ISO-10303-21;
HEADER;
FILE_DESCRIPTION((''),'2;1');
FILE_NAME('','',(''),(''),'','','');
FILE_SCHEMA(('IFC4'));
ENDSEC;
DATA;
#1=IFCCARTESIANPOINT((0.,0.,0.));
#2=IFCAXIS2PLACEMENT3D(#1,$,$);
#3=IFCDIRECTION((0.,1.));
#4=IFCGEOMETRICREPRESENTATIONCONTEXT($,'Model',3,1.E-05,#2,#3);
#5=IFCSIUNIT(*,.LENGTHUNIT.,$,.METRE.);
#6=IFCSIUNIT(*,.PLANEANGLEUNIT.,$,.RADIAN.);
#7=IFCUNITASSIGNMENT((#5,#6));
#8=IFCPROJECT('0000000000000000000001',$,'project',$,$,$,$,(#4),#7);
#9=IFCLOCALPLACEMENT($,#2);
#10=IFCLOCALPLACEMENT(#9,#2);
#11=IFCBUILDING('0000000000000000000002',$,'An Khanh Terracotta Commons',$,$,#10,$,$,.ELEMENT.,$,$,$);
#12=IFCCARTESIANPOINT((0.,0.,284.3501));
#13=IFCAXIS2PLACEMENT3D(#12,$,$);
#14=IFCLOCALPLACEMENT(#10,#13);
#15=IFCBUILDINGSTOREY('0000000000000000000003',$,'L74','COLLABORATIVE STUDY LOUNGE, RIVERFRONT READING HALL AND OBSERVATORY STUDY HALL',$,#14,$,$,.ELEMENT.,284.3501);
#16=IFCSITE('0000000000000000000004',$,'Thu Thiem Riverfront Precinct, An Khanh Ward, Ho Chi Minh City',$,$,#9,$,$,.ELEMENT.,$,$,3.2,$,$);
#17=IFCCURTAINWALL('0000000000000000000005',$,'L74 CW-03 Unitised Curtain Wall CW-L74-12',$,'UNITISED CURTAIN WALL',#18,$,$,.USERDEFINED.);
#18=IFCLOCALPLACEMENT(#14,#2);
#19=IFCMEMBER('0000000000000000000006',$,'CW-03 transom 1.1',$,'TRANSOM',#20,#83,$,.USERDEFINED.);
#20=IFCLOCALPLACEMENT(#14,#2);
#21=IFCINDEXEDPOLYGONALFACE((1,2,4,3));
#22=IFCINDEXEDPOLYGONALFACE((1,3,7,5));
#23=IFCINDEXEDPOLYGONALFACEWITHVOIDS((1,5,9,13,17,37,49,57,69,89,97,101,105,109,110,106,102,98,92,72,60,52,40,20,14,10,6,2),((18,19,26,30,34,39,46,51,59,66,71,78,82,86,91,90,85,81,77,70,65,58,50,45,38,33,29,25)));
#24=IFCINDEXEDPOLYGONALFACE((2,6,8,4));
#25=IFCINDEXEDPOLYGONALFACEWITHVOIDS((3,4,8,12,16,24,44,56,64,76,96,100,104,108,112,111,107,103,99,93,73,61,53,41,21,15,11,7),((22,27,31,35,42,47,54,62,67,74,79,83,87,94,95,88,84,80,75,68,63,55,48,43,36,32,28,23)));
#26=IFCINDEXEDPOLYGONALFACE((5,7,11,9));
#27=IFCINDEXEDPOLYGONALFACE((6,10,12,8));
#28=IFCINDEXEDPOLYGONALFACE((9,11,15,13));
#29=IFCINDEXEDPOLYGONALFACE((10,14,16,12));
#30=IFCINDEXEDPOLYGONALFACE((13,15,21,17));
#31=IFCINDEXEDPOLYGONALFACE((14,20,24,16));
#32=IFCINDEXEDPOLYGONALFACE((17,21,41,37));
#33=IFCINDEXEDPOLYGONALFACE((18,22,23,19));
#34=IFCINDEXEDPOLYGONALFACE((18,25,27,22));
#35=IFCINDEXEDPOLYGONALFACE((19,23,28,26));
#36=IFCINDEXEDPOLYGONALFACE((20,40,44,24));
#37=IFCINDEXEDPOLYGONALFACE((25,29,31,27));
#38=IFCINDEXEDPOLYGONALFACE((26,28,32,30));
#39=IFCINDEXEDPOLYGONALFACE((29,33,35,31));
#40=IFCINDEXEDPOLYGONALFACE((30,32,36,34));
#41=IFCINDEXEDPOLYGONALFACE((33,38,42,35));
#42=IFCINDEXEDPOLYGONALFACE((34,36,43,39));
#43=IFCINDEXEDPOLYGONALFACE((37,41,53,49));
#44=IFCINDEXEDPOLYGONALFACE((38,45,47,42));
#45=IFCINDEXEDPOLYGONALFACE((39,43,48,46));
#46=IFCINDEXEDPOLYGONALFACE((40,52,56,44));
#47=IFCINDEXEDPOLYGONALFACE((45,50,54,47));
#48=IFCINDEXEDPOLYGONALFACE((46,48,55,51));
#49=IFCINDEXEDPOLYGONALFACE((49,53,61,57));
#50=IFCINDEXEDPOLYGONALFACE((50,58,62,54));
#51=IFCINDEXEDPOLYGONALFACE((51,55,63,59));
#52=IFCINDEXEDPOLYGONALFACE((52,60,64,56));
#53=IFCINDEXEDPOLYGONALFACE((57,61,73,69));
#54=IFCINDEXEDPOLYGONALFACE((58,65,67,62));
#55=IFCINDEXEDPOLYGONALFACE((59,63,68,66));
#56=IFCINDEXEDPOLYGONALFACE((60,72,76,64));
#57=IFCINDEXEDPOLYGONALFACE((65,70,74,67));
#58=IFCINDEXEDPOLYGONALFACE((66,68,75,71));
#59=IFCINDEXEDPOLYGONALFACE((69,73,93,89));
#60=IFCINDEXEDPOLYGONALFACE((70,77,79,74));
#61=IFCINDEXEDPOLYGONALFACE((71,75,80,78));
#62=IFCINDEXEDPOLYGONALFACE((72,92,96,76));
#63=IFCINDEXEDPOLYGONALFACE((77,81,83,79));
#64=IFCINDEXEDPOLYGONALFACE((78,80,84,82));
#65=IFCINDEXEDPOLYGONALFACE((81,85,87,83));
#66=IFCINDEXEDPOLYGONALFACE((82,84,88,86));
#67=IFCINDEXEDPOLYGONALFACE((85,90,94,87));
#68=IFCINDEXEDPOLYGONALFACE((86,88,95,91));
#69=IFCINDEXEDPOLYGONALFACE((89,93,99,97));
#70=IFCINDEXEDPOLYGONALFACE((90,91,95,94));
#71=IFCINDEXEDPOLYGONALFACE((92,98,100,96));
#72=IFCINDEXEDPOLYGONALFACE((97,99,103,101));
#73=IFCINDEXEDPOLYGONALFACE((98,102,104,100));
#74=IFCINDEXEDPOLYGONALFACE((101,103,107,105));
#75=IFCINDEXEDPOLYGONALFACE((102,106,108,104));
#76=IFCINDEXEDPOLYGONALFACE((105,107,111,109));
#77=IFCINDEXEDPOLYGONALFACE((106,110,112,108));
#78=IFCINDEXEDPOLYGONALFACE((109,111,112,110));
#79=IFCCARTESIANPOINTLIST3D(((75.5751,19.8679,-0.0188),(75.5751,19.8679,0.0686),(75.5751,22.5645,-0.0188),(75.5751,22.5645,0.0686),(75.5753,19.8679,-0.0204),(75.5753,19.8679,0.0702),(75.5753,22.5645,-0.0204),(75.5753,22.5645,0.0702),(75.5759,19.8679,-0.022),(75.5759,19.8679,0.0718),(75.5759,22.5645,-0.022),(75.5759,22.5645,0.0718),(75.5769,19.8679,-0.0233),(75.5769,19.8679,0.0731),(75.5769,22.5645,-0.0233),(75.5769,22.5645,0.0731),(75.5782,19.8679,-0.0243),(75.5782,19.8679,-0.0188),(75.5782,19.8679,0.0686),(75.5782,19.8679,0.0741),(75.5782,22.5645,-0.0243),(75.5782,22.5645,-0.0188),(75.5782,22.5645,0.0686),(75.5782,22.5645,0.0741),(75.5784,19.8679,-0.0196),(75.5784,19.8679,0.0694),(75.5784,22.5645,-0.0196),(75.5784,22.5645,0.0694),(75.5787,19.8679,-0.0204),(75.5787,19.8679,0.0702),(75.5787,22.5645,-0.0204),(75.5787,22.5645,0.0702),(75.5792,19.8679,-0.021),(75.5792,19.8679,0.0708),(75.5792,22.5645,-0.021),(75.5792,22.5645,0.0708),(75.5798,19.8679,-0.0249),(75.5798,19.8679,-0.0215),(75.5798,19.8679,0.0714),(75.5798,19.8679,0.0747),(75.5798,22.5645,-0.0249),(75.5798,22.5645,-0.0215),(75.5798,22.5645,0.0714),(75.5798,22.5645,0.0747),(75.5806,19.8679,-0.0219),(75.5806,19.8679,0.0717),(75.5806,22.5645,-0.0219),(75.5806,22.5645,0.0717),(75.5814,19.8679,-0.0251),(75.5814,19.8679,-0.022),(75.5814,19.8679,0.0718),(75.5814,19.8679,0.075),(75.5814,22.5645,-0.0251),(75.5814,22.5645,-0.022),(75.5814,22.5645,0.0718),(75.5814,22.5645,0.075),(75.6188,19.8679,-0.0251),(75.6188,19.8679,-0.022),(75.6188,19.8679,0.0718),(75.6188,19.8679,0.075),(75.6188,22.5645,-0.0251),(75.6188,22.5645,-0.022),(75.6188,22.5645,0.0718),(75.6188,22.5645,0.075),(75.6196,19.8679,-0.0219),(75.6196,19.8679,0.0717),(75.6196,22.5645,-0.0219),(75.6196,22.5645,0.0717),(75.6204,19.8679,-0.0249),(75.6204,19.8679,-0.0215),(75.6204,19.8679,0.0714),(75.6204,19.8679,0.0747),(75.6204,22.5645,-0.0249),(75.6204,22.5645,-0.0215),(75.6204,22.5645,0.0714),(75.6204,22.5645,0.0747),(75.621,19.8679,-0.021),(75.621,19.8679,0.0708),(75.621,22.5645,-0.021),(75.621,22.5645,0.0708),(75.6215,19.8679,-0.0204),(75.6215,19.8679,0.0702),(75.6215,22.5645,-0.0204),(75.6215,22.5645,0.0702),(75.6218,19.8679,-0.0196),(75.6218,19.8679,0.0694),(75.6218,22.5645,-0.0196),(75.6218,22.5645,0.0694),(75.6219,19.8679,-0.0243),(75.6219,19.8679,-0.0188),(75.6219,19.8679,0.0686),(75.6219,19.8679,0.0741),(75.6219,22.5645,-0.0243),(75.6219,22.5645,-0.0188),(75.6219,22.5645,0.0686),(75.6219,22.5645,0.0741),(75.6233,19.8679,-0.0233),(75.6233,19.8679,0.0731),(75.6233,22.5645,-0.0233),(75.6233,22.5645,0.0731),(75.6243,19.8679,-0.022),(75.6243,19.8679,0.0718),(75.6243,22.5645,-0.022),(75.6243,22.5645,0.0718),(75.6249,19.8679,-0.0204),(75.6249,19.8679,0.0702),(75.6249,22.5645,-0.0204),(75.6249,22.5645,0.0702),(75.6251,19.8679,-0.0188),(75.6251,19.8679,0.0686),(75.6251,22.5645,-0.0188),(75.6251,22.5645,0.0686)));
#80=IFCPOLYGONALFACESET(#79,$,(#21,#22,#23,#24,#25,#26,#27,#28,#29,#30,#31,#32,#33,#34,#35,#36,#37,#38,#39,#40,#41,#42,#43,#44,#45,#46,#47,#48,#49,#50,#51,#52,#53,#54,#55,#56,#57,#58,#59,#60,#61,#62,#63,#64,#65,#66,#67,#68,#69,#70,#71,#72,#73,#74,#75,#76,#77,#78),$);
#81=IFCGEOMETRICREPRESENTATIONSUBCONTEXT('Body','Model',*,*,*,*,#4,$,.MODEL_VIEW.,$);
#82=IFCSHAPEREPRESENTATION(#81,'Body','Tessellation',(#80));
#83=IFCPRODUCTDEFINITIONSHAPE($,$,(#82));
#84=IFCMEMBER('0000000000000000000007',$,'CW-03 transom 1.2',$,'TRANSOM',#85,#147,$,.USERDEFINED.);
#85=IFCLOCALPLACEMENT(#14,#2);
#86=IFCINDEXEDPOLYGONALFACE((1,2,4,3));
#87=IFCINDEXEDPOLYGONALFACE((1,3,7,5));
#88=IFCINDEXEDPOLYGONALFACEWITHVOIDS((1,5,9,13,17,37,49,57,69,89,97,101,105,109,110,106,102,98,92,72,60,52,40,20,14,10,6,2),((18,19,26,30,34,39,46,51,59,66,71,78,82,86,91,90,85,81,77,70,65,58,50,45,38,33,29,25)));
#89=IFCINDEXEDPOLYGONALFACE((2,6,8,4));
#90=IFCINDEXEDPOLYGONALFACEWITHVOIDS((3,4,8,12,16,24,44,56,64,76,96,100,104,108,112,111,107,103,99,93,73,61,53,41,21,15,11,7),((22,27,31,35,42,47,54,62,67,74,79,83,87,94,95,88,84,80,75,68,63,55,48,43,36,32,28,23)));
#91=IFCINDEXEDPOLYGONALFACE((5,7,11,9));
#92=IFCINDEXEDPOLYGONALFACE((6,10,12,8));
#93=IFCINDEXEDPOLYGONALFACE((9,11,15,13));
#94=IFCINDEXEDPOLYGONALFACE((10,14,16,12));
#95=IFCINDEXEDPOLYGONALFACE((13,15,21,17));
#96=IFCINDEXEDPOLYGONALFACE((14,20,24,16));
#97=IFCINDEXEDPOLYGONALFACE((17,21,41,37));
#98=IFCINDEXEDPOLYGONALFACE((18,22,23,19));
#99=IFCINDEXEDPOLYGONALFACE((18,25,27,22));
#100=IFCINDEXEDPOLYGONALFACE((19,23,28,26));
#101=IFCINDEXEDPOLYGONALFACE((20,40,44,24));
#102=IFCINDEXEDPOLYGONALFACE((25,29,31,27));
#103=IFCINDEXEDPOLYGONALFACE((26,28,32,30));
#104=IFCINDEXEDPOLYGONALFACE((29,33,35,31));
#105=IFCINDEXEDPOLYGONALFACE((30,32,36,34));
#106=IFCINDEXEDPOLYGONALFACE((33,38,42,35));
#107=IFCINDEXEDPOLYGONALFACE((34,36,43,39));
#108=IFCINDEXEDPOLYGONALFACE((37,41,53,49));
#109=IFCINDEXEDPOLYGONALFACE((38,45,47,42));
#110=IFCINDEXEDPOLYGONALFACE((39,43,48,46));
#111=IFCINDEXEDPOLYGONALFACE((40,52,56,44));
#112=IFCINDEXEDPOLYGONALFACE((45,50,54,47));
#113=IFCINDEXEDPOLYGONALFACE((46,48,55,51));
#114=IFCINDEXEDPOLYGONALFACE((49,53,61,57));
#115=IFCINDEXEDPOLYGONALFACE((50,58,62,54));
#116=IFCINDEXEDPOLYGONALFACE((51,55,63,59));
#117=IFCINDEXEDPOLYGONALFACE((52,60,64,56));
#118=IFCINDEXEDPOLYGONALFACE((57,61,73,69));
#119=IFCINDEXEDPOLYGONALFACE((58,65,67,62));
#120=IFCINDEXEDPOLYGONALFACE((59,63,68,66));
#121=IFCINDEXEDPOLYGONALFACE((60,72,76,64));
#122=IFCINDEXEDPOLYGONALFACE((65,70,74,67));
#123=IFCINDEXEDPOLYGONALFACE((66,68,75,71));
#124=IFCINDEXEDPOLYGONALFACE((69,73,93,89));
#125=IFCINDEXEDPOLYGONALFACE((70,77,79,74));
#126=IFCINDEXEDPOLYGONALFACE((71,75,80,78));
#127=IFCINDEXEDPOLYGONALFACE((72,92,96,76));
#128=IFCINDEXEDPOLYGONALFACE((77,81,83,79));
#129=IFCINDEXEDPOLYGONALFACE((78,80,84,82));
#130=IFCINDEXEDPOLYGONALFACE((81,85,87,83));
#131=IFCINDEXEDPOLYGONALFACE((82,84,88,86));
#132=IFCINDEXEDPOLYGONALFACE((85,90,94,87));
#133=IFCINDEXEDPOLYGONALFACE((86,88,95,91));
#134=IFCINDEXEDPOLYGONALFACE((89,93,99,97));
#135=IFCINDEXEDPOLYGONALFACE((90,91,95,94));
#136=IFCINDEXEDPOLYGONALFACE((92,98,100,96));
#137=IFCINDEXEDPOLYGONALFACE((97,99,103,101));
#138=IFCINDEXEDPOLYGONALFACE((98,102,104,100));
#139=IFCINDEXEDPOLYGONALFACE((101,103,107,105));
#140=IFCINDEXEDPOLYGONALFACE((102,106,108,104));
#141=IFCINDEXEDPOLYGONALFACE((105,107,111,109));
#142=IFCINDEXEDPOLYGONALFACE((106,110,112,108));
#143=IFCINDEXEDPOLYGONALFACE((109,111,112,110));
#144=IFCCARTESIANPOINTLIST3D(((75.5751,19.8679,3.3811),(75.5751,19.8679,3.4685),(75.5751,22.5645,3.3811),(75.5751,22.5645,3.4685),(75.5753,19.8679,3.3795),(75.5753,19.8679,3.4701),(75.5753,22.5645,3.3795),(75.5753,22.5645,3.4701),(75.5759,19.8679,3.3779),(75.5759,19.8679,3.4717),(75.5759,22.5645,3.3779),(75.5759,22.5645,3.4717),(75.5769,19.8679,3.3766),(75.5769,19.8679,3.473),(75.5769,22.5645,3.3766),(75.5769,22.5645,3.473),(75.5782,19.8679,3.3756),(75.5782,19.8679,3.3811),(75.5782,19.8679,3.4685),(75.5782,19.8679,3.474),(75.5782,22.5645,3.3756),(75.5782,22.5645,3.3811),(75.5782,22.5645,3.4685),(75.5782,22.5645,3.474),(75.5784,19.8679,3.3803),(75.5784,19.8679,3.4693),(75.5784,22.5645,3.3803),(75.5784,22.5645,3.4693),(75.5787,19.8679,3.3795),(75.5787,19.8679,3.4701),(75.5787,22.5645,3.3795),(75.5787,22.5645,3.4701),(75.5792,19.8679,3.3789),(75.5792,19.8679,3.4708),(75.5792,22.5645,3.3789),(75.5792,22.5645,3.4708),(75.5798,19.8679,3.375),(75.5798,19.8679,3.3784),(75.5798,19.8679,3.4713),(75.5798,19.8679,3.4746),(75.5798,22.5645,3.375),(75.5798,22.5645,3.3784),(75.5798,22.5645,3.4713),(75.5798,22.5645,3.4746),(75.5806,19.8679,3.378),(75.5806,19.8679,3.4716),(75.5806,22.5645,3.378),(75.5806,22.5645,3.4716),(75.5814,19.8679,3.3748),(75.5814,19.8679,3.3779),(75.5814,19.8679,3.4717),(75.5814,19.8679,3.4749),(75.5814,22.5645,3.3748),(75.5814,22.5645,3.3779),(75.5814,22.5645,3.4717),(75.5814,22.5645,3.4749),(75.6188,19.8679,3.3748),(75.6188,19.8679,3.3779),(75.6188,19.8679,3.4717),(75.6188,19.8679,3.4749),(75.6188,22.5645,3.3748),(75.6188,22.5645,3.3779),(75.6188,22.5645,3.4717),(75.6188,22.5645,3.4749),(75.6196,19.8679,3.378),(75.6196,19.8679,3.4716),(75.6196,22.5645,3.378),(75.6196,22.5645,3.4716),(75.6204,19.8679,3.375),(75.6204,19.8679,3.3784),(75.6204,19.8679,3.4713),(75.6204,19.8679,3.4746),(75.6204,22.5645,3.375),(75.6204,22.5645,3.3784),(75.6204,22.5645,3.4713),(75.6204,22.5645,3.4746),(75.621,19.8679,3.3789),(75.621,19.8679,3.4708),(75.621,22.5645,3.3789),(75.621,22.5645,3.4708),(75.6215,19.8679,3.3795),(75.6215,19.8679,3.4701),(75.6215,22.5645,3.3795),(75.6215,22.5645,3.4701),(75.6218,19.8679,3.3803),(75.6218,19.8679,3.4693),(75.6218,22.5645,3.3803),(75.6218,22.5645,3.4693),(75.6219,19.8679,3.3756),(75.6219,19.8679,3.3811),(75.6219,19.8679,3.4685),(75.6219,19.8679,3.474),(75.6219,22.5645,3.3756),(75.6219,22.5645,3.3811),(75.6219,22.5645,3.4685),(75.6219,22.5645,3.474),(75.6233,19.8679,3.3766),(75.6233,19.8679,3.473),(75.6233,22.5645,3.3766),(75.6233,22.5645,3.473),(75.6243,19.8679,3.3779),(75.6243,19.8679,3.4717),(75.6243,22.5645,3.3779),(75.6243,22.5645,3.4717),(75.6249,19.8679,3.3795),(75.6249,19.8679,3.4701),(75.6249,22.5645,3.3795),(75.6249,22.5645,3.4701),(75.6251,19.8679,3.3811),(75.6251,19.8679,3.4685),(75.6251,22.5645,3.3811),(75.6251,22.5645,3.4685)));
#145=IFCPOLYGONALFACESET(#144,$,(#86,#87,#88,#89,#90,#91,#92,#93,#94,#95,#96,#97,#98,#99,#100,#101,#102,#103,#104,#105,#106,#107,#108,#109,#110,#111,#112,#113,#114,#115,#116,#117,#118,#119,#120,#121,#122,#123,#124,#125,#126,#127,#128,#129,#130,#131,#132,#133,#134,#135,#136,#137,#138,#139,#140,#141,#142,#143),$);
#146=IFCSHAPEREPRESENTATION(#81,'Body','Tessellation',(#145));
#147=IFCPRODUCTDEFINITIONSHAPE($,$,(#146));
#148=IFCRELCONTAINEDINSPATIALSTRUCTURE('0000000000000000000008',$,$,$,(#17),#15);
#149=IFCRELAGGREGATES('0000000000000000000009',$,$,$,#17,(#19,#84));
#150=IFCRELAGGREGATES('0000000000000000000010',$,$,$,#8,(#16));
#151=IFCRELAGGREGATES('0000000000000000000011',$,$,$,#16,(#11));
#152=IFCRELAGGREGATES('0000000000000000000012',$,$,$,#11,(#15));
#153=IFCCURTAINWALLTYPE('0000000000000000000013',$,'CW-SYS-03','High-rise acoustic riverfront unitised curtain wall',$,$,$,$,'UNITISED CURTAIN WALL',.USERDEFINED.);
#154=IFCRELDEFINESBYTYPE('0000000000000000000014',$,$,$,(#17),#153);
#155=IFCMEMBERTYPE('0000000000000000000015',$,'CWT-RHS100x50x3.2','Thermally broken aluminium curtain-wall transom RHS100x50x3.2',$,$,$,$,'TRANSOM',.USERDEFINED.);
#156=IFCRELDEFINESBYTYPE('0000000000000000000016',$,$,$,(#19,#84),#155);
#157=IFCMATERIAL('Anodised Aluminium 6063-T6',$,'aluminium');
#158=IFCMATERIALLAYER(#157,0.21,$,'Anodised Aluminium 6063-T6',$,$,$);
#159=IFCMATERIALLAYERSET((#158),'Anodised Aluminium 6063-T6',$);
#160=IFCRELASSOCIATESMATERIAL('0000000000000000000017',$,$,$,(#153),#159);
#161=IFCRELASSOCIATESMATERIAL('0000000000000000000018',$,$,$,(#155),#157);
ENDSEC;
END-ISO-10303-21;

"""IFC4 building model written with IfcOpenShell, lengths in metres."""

from ifc_helpers import new_model, si_unit, direction, frame, origin, origin_2d, place, context, subcontext, project, spatial, hollow_rectangle, extrude, material, layer, layer_set, material_profile, profile_set, type_object, element, aggregate, save


model = new_model("IFC4")

# Units and contexts
model_context = context("Model", 3, precision=1e-05, world=origin(), true_north=direction((0.0, 1.0)))
body_context = subcontext(model_context, "Body", "Model", "MODEL_VIEW")
ifc_project = project(units=[si_unit("LENGTHUNIT", "METRE"), si_unit("PLANEANGLEUNIT", "RADIAN")], contexts=[model_context])

# Site, building, storey
site_placement = place(None, origin())
site = spatial("IfcSite", under=ifc_project, at=site_placement, Name="Thu Thiem Riverfront Precinct, An Khanh Ward, Ho Chi Minh City", CompositionType="ELEMENT", RefElevation=3.2)
building_placement = place(site_placement, origin())
building = spatial("IfcBuilding", under=site, at=building_placement, Name="An Khanh Terracotta Commons", CompositionType="ELEMENT")
storey_placement = place(building_placement, frame((0.0, 0.0, 284.3501)))
storey = spatial("IfcBuildingStorey", under=building, at=storey_placement, Name="L74", Description="COLLABORATIVE STUDY LOUNGE, RIVERFRONT READING HALL AND OBSERVATORY STUDY HALL", CompositionType="ELEMENT", Elevation=284.3501)

# Curtain wall
ifc_material_1 = material(Name="Anodised Aluminium 6063-T6", Category="aluminium")
ifc_layer_1 = layer(ifc_material_1, 0.21, Name="Anodised Aluminium 6063-T6")
ifc_layer_set_1 = layer_set([ifc_layer_1], Name="Anodised Aluminium 6063-T6")
curtain_wall_type = type_object("IfcCurtainWallType", Name="CW-SYS-03", Description="High-rise acoustic riverfront unitised curtain wall", ElementType="UNITISED CURTAIN WALL", PredefinedType="USERDEFINED", material=ifc_layer_set_1)
curtain_wall_1_placement = place(storey_placement, origin())
curtain_wall_1 = element("IfcCurtainWall", 1, at=curtain_wall_1_placement, inside=storey, type_object=curtain_wall_type, Name="L74 CW-03 Unitised Curtain Wall CW-L74-12", ObjectType="UNITISED CURTAIN WALL", PredefinedType="USERDEFINED")

# Members
ifc_material_profile_1 = material_profile(ifc_material_1, hollow_rectangle(XDim=0.05, YDim=0.1001, WallThickness=0.0032, InnerFilletRadius=0.0032, OuterFilletRadius=0.0063, at=origin_2d()), Name="RHS100x50x3.2")
ifc_profile_set_1 = profile_set([ifc_material_profile_1], Name="Anodised Aluminium 6063-T6")
member_type_1 = type_object("IfcMemberType", Name="CWT-RHS100x50x3.2", Description="Thermally broken aluminium curtain-wall transom RHS100x50x3.2", ElementType="TRANSOM", PredefinedType="USERDEFINED", material=ifc_profile_set_1)
member_1_placement = place(storey_placement, frame((75.6001, 19.8679, 0.0249), z_axis=(0.0, 1.0, 0.0), x_axis=(-1.0, 0.0, 0.0)))
member_1 = element("IfcMember", 2, at=member_1_placement, type_object=member_type_1, Name="CW-03 transom 1.1", ObjectType="TRANSOM", PredefinedType="USERDEFINED", context=body_context, shape_type="SweptSolid", body=[
    extrude(hollow_rectangle(XDim=0.05, YDim=0.1001, WallThickness=0.0032, InnerFilletRadius=0.0032, OuterFilletRadius=0.0063, at=origin_2d()), origin(), (0.0, 0.0, 1.0), 2.6965),
])
member_2_placement = place(storey_placement, frame((75.6001, 19.8679, 3.4248), z_axis=(0.0, 1.0, 0.0), x_axis=(-1.0, 0.0, 0.0)))
member_2 = element("IfcMember", 3, at=member_2_placement, type_object=member_type_1, Name="CW-03 transom 1.2", ObjectType="TRANSOM", PredefinedType="USERDEFINED", context=body_context, shape_type="SweptSolid", body=[
    extrude(hollow_rectangle(XDim=0.05, YDim=0.1001, WallThickness=0.0032, InnerFilletRadius=0.0032, OuterFilletRadius=0.0063, at=origin_2d()), origin(), (0.0, 0.0, 1.0), 2.6965),
])

aggregate(curtain_wall_1, [member_1, member_2])

save(model, "model.ifc")
